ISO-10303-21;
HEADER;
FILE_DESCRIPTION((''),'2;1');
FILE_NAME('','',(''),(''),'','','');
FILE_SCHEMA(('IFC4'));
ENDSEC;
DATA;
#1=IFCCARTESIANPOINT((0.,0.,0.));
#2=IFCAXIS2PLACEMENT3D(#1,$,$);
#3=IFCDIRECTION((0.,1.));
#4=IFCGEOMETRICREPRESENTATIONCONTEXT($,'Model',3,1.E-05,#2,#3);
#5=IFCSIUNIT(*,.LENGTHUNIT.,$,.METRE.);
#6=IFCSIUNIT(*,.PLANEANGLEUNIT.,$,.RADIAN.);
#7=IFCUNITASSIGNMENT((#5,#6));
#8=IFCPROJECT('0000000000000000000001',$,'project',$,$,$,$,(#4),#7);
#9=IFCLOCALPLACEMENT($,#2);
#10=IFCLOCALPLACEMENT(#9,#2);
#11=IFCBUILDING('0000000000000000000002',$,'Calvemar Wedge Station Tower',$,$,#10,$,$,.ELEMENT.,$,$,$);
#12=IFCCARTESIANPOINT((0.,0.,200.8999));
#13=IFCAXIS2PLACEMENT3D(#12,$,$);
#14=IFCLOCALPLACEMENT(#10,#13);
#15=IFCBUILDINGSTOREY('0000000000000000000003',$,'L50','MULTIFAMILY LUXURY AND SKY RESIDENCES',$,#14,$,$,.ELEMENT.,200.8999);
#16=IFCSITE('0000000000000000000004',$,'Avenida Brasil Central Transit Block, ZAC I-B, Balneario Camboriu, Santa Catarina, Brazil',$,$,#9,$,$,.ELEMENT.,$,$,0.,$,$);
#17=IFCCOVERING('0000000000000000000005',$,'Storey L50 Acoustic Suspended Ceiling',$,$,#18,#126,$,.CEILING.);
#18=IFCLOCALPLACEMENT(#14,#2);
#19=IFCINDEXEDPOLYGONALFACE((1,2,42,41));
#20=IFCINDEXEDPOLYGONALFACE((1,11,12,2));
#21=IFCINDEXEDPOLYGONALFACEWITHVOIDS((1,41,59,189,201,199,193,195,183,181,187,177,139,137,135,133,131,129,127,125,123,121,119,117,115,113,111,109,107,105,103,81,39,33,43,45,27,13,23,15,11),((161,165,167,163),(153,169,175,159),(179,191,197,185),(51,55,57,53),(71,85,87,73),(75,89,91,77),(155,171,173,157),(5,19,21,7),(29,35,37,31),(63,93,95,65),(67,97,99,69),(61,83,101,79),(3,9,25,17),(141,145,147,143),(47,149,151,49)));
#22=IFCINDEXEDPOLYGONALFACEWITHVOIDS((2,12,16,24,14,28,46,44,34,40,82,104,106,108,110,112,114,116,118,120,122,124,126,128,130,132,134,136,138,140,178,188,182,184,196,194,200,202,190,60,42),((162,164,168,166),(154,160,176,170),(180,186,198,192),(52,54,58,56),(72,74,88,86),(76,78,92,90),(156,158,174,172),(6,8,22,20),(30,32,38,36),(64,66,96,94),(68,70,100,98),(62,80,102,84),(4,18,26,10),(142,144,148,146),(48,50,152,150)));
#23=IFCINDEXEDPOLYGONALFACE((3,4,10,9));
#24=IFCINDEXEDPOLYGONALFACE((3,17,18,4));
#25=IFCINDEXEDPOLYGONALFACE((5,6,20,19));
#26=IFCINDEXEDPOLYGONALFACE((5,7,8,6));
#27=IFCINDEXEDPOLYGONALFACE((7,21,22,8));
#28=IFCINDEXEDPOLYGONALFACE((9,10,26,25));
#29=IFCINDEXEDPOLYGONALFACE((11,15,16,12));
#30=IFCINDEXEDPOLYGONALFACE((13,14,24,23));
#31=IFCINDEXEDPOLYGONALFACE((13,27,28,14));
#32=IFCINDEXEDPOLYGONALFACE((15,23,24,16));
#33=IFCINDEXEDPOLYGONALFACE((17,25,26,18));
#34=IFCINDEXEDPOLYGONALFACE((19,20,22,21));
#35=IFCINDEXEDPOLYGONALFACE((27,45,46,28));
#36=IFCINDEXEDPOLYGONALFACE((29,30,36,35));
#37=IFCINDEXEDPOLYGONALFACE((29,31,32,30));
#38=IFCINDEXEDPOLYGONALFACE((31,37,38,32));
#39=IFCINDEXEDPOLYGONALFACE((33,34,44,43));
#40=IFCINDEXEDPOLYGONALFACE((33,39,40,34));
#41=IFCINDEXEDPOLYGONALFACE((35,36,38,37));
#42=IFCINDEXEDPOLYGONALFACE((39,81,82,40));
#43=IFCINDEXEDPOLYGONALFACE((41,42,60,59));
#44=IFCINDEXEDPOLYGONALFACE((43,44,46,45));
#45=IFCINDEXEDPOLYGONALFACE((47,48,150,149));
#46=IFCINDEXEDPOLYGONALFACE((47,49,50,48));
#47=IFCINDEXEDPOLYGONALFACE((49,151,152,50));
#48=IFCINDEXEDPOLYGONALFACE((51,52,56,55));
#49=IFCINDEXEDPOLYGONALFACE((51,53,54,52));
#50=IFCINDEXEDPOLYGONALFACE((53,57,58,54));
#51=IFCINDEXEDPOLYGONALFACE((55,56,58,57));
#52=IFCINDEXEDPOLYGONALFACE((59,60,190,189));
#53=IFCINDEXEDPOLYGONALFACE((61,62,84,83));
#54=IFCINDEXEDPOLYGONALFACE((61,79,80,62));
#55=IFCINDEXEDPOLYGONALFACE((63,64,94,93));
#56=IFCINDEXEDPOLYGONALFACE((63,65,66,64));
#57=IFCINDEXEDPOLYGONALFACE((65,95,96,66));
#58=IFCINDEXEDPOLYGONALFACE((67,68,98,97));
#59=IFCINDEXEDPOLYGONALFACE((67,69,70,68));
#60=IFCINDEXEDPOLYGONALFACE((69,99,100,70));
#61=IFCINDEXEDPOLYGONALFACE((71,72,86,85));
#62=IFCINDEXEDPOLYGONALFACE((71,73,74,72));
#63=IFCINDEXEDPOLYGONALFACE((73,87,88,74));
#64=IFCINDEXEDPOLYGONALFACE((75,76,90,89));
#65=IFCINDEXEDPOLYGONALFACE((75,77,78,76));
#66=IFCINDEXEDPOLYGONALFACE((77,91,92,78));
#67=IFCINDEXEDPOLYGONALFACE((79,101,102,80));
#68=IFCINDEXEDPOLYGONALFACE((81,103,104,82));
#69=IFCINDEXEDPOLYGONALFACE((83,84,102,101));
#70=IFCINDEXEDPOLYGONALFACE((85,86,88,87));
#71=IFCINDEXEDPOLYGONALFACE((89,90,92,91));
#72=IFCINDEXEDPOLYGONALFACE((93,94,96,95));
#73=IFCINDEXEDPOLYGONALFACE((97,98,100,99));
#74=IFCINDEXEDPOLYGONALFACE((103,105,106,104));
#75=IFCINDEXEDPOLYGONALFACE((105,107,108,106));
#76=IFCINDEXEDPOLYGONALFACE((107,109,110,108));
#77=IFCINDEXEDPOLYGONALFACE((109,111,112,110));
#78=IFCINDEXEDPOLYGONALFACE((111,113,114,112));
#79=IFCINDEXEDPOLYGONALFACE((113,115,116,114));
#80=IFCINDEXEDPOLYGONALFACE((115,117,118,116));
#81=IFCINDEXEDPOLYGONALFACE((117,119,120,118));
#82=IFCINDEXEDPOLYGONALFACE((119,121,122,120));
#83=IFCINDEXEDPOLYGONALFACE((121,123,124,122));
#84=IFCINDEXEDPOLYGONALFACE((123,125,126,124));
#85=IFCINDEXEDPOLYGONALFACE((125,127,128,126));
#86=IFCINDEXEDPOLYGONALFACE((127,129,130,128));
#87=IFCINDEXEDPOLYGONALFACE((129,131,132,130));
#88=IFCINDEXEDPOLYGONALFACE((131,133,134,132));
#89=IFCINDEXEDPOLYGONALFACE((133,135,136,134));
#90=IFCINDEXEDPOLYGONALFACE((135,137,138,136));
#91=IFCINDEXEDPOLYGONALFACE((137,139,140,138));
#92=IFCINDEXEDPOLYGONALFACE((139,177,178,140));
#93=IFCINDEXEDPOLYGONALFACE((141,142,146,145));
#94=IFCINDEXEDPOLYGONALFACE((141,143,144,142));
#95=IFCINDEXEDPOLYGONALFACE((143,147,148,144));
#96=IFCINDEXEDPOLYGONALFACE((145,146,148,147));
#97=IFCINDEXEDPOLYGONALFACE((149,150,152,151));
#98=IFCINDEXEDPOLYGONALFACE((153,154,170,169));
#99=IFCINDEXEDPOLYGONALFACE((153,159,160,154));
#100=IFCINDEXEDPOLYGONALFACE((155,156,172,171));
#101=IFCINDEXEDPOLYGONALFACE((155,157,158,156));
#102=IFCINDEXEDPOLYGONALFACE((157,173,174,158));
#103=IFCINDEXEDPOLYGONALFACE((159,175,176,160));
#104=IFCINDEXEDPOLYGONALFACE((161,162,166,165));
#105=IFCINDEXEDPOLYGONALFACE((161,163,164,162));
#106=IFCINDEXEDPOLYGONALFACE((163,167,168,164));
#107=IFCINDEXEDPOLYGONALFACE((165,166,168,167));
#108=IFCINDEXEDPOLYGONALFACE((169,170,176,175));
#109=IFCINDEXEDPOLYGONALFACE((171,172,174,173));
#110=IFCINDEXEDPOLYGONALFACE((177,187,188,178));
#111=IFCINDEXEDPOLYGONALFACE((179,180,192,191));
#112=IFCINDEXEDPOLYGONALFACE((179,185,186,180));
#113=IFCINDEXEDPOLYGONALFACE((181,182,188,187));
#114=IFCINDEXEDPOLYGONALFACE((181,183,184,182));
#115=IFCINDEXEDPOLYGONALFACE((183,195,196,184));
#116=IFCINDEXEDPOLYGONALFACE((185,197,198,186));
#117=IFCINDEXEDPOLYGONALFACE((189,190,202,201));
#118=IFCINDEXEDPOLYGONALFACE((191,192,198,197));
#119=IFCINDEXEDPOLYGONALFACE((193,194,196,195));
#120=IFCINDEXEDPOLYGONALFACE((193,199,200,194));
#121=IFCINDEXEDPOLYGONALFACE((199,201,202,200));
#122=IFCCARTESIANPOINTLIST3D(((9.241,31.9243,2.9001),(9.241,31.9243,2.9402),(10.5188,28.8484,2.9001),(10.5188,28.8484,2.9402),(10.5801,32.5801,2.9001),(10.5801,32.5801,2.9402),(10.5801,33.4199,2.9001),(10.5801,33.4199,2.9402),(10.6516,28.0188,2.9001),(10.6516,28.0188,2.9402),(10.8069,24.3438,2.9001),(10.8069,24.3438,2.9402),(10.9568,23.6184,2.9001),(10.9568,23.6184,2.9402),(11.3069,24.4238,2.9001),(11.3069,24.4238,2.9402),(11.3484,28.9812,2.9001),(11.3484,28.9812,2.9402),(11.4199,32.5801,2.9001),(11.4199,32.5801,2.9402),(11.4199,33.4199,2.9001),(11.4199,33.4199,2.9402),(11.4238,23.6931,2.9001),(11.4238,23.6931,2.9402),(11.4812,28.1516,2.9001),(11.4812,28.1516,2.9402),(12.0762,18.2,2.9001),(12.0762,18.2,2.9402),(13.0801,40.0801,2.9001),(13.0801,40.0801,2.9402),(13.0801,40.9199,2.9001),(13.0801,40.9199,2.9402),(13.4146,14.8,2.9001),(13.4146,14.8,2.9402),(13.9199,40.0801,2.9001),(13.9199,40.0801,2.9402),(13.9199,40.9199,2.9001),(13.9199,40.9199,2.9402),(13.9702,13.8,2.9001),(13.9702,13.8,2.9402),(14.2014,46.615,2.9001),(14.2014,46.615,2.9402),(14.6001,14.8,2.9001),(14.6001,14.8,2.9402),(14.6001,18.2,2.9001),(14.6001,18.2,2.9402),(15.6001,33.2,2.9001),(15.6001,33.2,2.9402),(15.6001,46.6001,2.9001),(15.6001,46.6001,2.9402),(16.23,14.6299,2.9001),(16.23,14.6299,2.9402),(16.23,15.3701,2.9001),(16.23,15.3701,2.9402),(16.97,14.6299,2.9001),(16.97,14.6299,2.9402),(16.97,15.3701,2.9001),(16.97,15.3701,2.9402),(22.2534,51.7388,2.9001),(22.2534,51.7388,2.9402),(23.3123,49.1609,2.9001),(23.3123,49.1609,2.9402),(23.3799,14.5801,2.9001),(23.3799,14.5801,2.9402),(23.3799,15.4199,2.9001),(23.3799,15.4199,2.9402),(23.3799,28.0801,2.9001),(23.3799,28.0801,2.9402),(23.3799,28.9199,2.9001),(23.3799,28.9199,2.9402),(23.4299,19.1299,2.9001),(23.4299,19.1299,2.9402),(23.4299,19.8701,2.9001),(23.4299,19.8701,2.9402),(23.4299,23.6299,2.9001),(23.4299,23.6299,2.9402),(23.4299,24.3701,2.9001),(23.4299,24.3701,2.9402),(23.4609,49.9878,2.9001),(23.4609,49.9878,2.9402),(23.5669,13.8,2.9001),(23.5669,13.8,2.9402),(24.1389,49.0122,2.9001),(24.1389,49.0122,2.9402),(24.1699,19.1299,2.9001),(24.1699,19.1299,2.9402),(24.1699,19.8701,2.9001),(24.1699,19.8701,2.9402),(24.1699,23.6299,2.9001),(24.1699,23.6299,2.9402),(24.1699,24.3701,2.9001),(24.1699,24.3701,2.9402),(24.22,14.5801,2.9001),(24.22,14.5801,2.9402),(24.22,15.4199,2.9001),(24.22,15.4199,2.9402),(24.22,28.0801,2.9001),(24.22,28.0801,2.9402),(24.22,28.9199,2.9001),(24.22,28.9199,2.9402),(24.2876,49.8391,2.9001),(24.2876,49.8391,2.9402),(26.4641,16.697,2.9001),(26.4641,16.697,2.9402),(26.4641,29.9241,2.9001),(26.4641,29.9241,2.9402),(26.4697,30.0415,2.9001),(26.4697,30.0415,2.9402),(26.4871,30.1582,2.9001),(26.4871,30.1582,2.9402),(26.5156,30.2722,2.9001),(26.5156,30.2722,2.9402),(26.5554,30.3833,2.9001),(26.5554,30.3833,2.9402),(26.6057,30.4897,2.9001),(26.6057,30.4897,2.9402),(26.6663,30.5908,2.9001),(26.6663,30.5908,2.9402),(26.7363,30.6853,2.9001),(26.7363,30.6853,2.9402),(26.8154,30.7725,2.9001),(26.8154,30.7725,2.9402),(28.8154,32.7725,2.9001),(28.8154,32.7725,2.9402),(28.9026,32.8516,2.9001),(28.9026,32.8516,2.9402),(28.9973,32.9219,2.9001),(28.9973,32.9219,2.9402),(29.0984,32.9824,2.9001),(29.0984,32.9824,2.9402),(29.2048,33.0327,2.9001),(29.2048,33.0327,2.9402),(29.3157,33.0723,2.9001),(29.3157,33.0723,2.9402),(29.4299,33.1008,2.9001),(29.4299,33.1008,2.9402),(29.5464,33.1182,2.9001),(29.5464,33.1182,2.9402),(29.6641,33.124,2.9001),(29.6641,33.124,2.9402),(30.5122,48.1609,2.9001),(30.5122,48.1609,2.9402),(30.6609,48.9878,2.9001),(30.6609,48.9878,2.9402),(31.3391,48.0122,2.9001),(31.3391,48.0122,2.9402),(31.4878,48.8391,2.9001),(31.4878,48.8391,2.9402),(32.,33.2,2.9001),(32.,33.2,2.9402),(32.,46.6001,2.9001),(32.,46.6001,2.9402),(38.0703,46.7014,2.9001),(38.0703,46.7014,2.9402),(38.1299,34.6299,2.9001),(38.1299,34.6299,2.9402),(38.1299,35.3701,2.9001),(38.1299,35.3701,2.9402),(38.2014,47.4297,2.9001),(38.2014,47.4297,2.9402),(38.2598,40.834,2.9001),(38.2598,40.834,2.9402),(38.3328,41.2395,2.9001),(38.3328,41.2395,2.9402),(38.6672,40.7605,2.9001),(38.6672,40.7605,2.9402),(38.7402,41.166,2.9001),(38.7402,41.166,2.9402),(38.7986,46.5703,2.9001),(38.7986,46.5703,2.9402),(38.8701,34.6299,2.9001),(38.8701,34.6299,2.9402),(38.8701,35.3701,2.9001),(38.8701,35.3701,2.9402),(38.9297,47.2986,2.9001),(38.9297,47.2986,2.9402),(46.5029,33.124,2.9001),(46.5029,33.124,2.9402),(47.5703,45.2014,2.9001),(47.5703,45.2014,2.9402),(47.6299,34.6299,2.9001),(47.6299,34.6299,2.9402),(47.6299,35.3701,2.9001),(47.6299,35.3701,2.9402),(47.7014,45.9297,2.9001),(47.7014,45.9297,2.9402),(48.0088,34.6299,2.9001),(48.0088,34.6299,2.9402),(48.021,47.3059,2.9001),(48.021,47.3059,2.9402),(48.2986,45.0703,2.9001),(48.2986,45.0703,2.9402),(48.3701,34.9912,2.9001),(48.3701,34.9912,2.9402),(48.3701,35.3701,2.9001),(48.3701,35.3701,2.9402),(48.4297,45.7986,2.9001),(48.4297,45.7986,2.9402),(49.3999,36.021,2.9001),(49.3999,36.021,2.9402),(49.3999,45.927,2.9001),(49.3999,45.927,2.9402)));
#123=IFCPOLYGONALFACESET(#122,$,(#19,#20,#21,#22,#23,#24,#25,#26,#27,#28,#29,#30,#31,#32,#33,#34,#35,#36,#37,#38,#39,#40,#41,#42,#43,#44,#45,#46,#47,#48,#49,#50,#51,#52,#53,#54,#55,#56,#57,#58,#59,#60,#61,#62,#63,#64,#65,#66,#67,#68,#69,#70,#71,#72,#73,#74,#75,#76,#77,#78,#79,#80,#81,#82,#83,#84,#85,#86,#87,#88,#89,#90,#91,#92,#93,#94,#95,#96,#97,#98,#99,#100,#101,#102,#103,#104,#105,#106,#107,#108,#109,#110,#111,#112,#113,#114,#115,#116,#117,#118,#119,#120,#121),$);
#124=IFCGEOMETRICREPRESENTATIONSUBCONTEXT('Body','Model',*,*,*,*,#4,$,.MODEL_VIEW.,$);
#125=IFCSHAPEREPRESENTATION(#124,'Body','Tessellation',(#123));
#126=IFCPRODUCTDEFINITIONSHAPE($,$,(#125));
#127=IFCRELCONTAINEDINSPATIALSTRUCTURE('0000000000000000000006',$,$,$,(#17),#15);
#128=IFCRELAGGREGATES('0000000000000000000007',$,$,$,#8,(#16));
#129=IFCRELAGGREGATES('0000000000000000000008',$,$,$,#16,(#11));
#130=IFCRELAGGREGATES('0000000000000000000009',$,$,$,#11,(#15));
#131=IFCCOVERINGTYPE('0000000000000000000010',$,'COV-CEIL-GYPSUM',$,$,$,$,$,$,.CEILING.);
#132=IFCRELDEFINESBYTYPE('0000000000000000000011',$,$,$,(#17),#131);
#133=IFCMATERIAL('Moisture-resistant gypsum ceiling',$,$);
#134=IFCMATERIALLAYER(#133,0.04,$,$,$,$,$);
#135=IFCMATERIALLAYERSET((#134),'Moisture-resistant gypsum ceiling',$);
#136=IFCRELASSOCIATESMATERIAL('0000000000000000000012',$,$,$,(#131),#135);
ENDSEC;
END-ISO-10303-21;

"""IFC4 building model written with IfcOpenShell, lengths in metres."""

from ifc_helpers import new_model, si_unit, direction, frame, origin, place, context, subcontext, project, spatial, polyline, outline, extrude, material, layer, layer_set, type_object, element, save


model = new_model("IFC4")

# Units and contexts
model_context = context("Model", 3, precision=1e-05, world=origin(), true_north=direction((0.0, 1.0)))
body_context = subcontext(model_context, "Body", "Model", "MODEL_VIEW")
ifc_project = project(units=[si_unit("LENGTHUNIT", "METRE"), si_unit("PLANEANGLEUNIT", "RADIAN")], contexts=[model_context])

# Site, building, storey
site_placement = place(None, origin())
site = spatial("IfcSite", under=ifc_project, at=site_placement, Name="Avenida Brasil Central Transit Block, ZAC I-B, Balneario Camboriu, Santa Catarina, Brazil", CompositionType="ELEMENT", RefElevation=0.0)
building_placement = place(site_placement, origin())
building = spatial("IfcBuilding", under=site, at=building_placement, Name="Calvemar Wedge Station Tower", CompositionType="ELEMENT")
storey_placement = place(building_placement, frame((0.0, 0.0, 200.8999)))
storey = spatial("IfcBuildingStorey", under=building, at=storey_placement, Name="L50", Description="MULTIFAMILY LUXURY AND SKY RESIDENCES", CompositionType="ELEMENT", Elevation=200.8999)

# Covering
ifc_material_1 = material(Name="Moisture-resistant gypsum ceiling")
ifc_layer_1 = layer(ifc_material_1, 0.04)
ifc_layer_set_1 = layer_set([ifc_layer_1], Name="Moisture-resistant gypsum ceiling")
covering_type_1 = type_object("IfcCoveringType", Name="COV-CEIL-GYPSUM", PredefinedType="CEILING", material=ifc_layer_set_1)
covering_1_placement = place(storey_placement, frame((0.0, 0.0, 2.9001)))
element("IfcCovering", 1, at=covering_1_placement, inside=storey, type_object=covering_type_1, Name="Storey L50 Acoustic Suspended Ceiling", PredefinedType="CEILING", context=body_context, shape_type="SweptSolid", body=[
    extrude(outline(polyline([(26.8154, 30.7725), (28.8154, 32.7725), (28.9026, 32.8516), (28.9973, 32.9219), (29.0984, 32.9824), (29.2048, 33.0327), (29.3157, 33.0723), (29.4299, 33.1008), (29.5464, 33.1182), (29.6641, 33.124), (46.5029, 33.124), (48.0088, 34.6299), (47.6299, 34.6299), (47.6299, 35.3701), (48.3701, 35.3701), (48.3701, 34.9912), (49.3999, 36.021), (49.3999, 45.927), (48.021, 47.3059), (22.2534, 51.7388), (14.2014, 46.615), (9.241, 31.9243), (10.8069, 24.3438), (11.3069, 24.4238), (11.4238, 23.6931), (10.9568, 23.6184), (12.0762, 18.2), (14.6001, 18.2), (14.6001, 14.8), (13.4146, 14.8), (13.9702, 13.8), (23.5669, 13.8), (26.4641, 16.697), (26.4641, 29.9241), (26.4697, 30.0415), (26.4871, 30.1582), (26.5156, 30.2722), (26.5554, 30.3833), (26.6057, 30.4897), (26.6663, 30.5908), (26.7363, 30.6853), (26.8154, 30.7725)]), holes=[polyline([(15.6001, 46.6001), (32.0, 46.6001), (32.0, 33.2), (15.6001, 33.2), (15.6001, 46.6001)]), polyline([(10.5801, 32.5801), (10.5801, 33.4199), (11.4199, 33.4199), (11.4199, 32.5801), (10.5801, 32.5801)]), polyline([(13.0801, 40.9199), (13.9199, 40.9199), (13.9199, 40.0801), (13.0801, 40.0801), (13.0801, 40.9199)]), polyline([(24.2876, 49.8391), (24.1389, 49.0122), (23.3123, 49.1609), (23.4609, 49.9878), (24.2876, 49.8391)]), polyline([(31.3391, 48.0122), (30.5122, 48.1609), (30.6609, 48.9878), (31.4878, 48.8391), (31.3391, 48.0122)]), polyline([(38.0703, 46.7014), (38.2014, 47.4297), (38.9297, 47.2986), (38.7986, 46.5703), (38.0703, 46.7014)]), polyline([(47.7014, 45.9297), (48.4297, 45.7986), (48.2986, 45.0703), (47.5703, 45.2014), (47.7014, 45.9297)]), polyline([(38.8701, 35.3701), (38.8701, 34.6299), (38.1299, 34.6299), (38.1299, 35.3701), (38.8701, 35.3701)]), polyline([(38.2598, 40.834), (38.3328, 41.2395), (38.7402, 41.166), (38.6672, 40.7605), (38.2598, 40.834)]), polyline([(11.3484, 28.9812), (11.4812, 28.1516), (10.6516, 28.0188), (10.5188, 28.8484), (11.3484, 28.9812)]), polyline([(24.22, 28.0801), (23.3799, 28.0801), (23.3799, 28.9199), (24.22, 28.9199), (24.22, 28.0801)]), polyline([(23.4299, 23.6299), (23.4299, 24.3701), (24.1699, 24.3701), (24.1699, 23.6299), (23.4299, 23.6299)]), polyline([(23.4299, 19.8701), (24.1699, 19.8701), (24.1699, 19.1299), (23.4299, 19.1299), (23.4299, 19.8701)]), polyline([(24.22, 15.4199), (24.22, 14.5801), (23.3799, 14.5801), (23.3799, 15.4199), (24.22, 15.4199)]), polyline([(16.97, 14.6299), (16.23, 14.6299), (16.23, 15.3701), (16.97, 15.3701), (16.97, 14.6299)])]), origin(), (0.0, 0.0, 1.0), 0.04),
])

save(model, "model.ifc")
